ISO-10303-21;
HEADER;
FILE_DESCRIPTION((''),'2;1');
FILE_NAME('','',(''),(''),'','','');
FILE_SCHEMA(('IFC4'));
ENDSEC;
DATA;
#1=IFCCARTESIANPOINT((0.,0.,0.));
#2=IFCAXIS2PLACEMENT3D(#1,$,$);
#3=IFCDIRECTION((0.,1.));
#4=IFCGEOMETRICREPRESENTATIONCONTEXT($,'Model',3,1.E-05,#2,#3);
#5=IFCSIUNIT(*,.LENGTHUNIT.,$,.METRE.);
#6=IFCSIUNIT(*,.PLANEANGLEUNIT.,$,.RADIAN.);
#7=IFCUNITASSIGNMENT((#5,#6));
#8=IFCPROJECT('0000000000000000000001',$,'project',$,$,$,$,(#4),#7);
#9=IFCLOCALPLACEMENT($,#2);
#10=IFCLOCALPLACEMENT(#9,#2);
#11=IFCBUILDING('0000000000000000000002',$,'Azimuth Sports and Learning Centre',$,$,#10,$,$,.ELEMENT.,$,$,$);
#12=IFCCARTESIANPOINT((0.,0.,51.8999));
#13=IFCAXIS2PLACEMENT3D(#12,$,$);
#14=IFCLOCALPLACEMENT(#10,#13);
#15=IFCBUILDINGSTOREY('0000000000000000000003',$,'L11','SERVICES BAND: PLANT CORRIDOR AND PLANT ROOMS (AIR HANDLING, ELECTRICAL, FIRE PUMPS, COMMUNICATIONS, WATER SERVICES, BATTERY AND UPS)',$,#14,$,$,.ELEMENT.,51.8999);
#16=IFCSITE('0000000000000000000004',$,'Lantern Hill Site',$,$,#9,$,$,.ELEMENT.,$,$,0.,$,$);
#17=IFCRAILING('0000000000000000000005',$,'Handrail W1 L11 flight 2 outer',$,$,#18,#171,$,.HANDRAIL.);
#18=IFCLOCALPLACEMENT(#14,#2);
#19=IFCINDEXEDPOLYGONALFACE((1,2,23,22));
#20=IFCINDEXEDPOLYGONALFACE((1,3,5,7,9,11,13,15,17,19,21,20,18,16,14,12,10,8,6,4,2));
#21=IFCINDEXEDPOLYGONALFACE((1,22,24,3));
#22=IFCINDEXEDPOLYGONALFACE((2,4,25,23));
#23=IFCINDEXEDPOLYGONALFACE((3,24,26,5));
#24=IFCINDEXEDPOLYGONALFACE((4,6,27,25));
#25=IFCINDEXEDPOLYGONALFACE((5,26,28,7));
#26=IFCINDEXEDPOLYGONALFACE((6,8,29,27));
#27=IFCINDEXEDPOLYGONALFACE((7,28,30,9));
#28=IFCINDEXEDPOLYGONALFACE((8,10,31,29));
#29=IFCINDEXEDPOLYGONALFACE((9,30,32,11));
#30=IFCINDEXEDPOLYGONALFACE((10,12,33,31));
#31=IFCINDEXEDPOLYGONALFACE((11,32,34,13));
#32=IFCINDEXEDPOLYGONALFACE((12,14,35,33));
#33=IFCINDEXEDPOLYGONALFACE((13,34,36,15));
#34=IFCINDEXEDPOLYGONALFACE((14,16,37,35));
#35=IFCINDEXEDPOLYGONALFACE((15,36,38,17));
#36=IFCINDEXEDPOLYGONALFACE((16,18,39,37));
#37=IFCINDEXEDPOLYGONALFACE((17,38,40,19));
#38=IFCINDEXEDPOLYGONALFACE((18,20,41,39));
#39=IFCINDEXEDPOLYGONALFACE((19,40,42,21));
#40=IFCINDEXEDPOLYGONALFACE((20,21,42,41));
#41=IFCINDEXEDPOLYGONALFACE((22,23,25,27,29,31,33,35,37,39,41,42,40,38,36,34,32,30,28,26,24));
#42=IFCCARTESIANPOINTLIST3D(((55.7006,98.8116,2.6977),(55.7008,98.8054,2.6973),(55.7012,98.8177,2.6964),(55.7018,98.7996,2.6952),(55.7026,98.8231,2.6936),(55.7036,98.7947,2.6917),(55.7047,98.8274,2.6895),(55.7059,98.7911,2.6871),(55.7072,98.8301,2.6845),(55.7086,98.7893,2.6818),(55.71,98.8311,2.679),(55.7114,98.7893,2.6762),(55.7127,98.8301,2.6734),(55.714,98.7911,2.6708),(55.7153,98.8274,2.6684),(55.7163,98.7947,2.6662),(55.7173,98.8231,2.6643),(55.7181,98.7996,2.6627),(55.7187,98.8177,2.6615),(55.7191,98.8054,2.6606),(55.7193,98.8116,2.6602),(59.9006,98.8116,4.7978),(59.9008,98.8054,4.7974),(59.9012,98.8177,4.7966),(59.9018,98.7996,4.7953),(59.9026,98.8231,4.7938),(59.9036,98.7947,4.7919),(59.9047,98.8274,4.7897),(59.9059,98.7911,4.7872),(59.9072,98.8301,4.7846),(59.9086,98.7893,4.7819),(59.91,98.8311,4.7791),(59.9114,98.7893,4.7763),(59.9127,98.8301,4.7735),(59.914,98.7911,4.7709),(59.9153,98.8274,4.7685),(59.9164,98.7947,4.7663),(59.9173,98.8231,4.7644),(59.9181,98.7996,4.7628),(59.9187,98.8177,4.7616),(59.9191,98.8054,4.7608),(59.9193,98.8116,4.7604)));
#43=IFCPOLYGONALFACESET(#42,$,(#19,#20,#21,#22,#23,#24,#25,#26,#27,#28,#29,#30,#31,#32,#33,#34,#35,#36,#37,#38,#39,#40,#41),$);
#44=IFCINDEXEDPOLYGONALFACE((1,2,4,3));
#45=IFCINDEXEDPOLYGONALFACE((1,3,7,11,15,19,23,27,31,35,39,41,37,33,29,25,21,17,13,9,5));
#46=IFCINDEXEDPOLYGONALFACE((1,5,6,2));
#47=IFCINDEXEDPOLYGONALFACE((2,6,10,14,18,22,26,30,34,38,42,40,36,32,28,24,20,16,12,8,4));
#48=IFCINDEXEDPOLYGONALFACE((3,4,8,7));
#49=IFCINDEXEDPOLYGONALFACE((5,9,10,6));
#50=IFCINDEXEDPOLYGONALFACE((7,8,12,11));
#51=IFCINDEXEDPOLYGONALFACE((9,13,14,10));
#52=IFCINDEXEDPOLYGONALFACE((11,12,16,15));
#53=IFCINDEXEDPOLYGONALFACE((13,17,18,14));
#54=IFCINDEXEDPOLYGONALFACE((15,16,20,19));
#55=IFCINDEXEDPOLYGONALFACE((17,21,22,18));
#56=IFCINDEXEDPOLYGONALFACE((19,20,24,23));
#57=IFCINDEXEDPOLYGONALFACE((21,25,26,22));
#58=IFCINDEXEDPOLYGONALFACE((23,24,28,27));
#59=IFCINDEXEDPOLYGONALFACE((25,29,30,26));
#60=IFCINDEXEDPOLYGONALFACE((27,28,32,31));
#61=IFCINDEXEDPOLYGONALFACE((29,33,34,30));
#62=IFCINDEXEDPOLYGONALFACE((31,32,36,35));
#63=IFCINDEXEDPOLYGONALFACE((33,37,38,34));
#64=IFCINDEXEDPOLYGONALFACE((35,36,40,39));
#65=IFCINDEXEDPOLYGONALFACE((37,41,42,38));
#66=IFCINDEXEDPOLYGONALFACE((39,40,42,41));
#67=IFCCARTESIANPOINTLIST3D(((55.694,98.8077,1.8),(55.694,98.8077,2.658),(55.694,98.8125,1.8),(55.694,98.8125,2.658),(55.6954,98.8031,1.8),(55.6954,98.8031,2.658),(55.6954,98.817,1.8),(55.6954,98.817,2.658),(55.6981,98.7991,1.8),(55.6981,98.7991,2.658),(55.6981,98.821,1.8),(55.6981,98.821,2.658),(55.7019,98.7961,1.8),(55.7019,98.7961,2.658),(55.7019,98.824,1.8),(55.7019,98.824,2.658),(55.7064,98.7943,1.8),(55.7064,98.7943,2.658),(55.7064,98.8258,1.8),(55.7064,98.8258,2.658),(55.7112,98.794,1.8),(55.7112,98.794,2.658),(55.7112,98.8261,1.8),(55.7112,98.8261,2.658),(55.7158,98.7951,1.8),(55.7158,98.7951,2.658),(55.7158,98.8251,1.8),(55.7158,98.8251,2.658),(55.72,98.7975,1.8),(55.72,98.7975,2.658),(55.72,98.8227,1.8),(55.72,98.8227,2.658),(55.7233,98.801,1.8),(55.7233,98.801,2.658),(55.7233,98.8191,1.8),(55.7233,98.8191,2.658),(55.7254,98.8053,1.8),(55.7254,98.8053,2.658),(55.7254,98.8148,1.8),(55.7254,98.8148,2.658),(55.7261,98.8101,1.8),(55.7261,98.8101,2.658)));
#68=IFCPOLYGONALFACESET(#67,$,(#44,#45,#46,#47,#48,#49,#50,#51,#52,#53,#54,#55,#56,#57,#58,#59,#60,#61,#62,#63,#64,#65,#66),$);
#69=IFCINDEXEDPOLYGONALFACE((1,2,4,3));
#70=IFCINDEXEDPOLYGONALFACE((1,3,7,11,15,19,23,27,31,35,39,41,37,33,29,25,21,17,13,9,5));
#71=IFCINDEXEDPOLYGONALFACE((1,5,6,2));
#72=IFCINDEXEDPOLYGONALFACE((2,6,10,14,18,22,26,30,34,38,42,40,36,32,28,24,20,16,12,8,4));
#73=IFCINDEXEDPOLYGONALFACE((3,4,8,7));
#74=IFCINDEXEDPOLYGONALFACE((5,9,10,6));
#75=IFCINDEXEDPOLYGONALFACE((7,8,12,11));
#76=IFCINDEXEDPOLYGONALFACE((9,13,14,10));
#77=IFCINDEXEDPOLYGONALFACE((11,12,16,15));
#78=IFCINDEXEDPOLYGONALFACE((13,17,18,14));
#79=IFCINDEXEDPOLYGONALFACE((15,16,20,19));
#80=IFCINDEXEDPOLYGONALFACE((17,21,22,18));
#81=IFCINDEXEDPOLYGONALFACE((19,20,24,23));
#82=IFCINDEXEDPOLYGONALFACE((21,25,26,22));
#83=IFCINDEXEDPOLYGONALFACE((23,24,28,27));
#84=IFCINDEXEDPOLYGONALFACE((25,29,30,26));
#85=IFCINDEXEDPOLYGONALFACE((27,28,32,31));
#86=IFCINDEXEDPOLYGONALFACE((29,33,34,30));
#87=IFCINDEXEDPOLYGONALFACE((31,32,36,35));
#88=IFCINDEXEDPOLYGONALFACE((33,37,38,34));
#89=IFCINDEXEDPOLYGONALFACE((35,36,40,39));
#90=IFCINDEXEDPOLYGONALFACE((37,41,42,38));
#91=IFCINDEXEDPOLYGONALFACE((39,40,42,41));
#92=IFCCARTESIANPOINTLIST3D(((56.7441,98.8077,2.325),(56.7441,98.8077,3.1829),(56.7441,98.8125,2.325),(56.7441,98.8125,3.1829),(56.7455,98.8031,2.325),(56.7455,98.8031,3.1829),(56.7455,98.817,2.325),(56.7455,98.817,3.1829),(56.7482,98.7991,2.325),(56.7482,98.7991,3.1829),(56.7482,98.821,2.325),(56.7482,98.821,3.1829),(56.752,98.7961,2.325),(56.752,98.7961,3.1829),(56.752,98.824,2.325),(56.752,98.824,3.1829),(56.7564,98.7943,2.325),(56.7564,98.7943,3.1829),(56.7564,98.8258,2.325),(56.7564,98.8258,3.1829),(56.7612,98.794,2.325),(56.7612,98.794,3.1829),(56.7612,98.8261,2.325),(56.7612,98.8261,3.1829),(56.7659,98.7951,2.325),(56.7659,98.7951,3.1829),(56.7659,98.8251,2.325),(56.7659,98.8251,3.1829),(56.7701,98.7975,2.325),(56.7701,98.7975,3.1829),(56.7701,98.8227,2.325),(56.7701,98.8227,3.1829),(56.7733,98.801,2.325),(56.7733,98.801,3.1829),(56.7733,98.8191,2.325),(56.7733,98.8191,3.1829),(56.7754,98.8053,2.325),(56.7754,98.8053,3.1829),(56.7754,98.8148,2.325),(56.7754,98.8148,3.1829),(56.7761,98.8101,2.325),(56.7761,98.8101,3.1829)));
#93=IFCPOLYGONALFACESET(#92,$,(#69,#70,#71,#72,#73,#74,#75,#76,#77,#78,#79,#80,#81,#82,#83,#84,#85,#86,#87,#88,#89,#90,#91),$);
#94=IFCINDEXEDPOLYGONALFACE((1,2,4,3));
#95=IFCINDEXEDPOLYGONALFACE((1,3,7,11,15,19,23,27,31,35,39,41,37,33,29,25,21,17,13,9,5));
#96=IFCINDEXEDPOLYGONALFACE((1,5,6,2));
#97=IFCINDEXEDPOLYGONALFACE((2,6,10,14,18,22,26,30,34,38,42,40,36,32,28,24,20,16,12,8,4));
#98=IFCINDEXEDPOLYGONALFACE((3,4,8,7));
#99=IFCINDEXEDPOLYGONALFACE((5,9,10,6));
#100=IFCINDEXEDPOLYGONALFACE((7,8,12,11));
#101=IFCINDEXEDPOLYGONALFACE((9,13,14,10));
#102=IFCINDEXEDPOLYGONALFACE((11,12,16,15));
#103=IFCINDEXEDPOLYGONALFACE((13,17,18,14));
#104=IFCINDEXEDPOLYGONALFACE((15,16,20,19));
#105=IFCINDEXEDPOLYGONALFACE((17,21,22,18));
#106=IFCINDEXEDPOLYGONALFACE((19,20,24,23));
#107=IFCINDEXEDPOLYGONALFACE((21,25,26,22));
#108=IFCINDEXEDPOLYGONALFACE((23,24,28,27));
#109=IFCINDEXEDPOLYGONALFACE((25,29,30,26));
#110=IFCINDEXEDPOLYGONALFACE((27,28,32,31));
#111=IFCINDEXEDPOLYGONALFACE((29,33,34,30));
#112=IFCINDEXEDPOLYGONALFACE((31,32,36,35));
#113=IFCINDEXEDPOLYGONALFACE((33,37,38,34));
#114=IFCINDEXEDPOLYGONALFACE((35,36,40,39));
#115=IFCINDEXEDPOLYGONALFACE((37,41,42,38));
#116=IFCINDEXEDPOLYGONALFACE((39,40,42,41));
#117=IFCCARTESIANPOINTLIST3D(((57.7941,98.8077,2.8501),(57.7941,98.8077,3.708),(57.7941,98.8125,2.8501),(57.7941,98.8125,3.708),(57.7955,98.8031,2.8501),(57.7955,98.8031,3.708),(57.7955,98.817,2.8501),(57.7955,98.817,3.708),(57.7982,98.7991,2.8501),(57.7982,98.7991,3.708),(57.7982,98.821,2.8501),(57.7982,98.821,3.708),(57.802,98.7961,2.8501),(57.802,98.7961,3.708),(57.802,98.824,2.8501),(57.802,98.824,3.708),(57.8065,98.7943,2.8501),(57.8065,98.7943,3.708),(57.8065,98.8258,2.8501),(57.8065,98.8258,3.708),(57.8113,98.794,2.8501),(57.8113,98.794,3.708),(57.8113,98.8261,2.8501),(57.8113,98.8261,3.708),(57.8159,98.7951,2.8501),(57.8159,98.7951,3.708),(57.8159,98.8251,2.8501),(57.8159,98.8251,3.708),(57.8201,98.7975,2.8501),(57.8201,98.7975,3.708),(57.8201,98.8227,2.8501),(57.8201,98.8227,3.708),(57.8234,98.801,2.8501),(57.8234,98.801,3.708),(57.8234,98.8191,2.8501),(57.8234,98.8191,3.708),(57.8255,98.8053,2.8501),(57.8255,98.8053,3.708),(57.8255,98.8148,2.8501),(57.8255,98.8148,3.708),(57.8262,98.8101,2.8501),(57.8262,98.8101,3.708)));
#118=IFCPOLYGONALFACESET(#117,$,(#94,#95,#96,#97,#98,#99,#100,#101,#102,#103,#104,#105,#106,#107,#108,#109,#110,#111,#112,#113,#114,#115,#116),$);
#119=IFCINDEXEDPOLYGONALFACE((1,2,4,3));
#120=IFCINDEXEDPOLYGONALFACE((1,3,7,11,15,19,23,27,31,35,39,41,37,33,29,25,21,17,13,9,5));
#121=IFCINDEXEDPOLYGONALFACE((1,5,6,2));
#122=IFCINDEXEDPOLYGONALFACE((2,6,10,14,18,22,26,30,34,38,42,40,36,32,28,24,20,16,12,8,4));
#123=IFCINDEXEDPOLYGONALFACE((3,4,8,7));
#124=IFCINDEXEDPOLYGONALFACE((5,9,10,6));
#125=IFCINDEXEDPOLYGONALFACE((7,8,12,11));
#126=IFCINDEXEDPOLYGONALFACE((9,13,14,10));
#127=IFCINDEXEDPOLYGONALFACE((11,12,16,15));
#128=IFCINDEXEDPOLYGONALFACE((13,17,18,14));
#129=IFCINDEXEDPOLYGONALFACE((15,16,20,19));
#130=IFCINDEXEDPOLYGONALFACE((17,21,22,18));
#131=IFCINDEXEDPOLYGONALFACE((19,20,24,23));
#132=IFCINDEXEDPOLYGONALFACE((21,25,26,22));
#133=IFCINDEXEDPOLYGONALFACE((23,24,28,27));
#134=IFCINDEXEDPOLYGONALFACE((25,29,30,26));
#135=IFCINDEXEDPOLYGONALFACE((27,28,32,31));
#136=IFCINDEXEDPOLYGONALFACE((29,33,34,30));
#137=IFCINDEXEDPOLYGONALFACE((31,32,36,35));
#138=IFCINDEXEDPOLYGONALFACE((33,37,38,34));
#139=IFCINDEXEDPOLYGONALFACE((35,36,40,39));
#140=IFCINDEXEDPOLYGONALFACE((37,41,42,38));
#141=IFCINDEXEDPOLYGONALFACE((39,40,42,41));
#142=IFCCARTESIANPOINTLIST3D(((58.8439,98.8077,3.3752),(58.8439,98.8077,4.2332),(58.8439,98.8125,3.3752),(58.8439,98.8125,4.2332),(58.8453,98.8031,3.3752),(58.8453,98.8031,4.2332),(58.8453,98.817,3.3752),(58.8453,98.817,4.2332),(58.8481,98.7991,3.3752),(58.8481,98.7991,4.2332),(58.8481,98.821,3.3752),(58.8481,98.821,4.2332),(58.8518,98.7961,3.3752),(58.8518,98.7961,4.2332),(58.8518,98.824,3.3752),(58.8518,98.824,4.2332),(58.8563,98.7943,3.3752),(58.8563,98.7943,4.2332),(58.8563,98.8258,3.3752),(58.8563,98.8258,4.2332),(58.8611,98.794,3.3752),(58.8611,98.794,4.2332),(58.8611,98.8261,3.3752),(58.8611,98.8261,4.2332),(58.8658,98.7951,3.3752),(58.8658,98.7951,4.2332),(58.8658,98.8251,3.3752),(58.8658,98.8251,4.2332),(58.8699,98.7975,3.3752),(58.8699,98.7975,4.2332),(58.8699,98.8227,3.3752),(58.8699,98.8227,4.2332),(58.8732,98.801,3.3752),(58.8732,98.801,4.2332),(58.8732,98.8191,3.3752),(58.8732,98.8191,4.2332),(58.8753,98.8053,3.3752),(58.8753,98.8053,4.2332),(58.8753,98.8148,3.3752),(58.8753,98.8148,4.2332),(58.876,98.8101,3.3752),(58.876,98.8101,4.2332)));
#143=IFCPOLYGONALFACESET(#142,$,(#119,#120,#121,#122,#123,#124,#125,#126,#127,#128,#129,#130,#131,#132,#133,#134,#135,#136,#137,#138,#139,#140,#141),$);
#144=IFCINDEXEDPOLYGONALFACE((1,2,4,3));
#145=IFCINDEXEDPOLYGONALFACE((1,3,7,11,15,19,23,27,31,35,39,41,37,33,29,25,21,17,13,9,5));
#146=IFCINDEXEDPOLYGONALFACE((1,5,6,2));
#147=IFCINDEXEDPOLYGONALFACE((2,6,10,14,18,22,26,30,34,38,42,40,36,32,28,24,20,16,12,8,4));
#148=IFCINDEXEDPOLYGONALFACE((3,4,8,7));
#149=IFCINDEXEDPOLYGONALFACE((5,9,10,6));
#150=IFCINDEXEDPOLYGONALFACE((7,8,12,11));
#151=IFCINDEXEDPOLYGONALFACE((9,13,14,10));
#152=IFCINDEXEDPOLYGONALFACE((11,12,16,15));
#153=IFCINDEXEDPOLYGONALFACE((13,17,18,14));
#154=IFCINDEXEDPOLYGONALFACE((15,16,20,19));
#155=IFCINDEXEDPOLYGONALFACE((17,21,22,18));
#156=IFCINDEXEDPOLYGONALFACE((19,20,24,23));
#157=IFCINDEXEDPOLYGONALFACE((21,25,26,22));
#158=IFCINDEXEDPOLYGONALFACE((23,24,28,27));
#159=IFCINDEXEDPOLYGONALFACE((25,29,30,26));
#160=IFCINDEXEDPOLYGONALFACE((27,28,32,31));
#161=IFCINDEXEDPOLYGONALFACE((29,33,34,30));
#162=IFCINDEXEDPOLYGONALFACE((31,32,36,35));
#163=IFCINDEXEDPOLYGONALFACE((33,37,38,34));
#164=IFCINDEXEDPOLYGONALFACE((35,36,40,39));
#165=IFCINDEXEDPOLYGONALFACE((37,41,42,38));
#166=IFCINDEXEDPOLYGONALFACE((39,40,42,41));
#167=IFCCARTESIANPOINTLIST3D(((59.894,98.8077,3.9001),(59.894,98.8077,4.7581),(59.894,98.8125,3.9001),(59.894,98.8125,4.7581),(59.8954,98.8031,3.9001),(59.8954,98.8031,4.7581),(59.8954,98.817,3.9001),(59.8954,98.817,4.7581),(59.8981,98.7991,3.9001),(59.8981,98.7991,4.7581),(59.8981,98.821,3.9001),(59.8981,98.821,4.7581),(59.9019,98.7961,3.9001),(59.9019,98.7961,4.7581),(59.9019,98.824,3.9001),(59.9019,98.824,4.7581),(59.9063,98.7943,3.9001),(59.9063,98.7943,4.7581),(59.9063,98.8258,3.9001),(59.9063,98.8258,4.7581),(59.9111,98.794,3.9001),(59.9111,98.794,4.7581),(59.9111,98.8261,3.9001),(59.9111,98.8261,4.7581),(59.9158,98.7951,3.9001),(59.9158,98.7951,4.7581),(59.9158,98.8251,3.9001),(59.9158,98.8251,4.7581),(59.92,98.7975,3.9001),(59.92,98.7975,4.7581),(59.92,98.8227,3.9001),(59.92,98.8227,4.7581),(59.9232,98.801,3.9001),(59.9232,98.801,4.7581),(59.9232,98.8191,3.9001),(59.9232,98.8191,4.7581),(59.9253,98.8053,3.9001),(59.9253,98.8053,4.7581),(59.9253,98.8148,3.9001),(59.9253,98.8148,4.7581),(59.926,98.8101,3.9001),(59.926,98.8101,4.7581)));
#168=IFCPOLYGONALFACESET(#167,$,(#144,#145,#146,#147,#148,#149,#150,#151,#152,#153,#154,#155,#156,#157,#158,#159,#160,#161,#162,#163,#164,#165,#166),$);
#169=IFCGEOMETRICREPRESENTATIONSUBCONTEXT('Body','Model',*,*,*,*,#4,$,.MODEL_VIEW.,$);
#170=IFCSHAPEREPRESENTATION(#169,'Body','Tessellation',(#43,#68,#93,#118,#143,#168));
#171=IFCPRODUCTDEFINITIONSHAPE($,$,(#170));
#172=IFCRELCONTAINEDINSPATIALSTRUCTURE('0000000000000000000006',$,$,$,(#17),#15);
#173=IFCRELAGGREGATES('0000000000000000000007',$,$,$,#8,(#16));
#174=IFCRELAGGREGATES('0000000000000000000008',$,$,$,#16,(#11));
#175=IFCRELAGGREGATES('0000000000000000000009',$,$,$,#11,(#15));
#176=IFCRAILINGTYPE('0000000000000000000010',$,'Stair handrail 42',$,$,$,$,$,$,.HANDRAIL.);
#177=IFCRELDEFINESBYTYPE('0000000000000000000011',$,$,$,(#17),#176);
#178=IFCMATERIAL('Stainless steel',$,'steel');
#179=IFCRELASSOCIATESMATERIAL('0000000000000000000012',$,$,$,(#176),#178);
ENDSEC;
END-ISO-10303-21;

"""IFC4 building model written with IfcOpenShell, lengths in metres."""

from ifc_helpers import new_model, si_unit, direction, frame, origin, origin_2d, place, context, subcontext, project, spatial, circle, extrude, material, type_object, element, save


model = new_model("IFC4")

# Units and contexts
model_context = context("Model", 3, precision=1e-05, world=origin(), true_north=direction((0.0, 1.0)))
body_context = subcontext(model_context, "Body", "Model", "MODEL_VIEW")
ifc_project = project(units=[si_unit("LENGTHUNIT", "METRE"), si_unit("PLANEANGLEUNIT", "RADIAN")], contexts=[model_context])

# Site, building, storey
site_placement = place(None, origin())
site = spatial("IfcSite", under=ifc_project, at=site_placement, Name="Lantern Hill Site", CompositionType="ELEMENT", RefElevation=0.0)
building_placement = place(site_placement, origin())
building = spatial("IfcBuilding", under=site, at=building_placement, Name="Azimuth Sports and Learning Centre", CompositionType="ELEMENT")
storey_placement = place(building_placement, frame((0.0, 0.0, 51.8999)))
storey = spatial("IfcBuildingStorey", under=building, at=storey_placement, Name="L11", Description="SERVICES BAND: PLANT CORRIDOR AND PLANT ROOMS (AIR HANDLING, ELECTRICAL, FIRE PUMPS, COMMUNICATIONS, WATER SERVICES, BATTERY AND UPS)", CompositionType="ELEMENT", Elevation=51.8999)

# Railing
ifc_material_1 = material(Name="Stainless steel", Category="steel")
railing_type_1 = type_object("IfcRailingType", Name="Stair handrail 42", PredefinedType="HANDRAIL", material=ifc_material_1)
for number, where, name in (
    (1, (55.71, 98.8101, 1.8), "Handrail W1 L11 flight 2 outer"),
):
    element("IfcRailing", number, at=place(storey_placement, frame(where)), inside=storey, type_object=railing_type_1, Name=name, PredefinedType="HANDRAIL", context=body_context, shape_type="SweptSolid", body=[
        extrude(circle(Radius=0.021, at=origin_2d()), frame((0.0, 0.0, 0.8789), z_axis=(0.894417, 0.0, 0.447234), x_axis=(0.0, 1.0, 0.0)), (0.0, 0.0, 1.0), 4.6958),
        extrude(circle(Radius=0.0161, at=origin_2d()), origin(), (0.0, 0.0, 1.0), 0.8579),
        extrude(circle(Radius=0.0161, at=origin_2d()), frame((1.05, 0.0, 0.5249)), (0.0, 0.0, 1.0), 0.8579),
        extrude(circle(Radius=0.0161, at=origin_2d()), frame((2.1001, 0.0, 1.05)), (0.0, 0.0, 1.0), 0.8579),
        extrude(circle(Radius=0.0161, at=origin_2d()), frame((3.1499, 0.0, 1.5752)), (0.0, 0.0, 1.0), 0.8579),
        extrude(circle(Radius=0.0161, at=origin_2d()), frame((4.2, 0.0, 2.1001)), (0.0, 0.0, 1.0), 0.8579),
    ])

save(model, "model.ifc")
